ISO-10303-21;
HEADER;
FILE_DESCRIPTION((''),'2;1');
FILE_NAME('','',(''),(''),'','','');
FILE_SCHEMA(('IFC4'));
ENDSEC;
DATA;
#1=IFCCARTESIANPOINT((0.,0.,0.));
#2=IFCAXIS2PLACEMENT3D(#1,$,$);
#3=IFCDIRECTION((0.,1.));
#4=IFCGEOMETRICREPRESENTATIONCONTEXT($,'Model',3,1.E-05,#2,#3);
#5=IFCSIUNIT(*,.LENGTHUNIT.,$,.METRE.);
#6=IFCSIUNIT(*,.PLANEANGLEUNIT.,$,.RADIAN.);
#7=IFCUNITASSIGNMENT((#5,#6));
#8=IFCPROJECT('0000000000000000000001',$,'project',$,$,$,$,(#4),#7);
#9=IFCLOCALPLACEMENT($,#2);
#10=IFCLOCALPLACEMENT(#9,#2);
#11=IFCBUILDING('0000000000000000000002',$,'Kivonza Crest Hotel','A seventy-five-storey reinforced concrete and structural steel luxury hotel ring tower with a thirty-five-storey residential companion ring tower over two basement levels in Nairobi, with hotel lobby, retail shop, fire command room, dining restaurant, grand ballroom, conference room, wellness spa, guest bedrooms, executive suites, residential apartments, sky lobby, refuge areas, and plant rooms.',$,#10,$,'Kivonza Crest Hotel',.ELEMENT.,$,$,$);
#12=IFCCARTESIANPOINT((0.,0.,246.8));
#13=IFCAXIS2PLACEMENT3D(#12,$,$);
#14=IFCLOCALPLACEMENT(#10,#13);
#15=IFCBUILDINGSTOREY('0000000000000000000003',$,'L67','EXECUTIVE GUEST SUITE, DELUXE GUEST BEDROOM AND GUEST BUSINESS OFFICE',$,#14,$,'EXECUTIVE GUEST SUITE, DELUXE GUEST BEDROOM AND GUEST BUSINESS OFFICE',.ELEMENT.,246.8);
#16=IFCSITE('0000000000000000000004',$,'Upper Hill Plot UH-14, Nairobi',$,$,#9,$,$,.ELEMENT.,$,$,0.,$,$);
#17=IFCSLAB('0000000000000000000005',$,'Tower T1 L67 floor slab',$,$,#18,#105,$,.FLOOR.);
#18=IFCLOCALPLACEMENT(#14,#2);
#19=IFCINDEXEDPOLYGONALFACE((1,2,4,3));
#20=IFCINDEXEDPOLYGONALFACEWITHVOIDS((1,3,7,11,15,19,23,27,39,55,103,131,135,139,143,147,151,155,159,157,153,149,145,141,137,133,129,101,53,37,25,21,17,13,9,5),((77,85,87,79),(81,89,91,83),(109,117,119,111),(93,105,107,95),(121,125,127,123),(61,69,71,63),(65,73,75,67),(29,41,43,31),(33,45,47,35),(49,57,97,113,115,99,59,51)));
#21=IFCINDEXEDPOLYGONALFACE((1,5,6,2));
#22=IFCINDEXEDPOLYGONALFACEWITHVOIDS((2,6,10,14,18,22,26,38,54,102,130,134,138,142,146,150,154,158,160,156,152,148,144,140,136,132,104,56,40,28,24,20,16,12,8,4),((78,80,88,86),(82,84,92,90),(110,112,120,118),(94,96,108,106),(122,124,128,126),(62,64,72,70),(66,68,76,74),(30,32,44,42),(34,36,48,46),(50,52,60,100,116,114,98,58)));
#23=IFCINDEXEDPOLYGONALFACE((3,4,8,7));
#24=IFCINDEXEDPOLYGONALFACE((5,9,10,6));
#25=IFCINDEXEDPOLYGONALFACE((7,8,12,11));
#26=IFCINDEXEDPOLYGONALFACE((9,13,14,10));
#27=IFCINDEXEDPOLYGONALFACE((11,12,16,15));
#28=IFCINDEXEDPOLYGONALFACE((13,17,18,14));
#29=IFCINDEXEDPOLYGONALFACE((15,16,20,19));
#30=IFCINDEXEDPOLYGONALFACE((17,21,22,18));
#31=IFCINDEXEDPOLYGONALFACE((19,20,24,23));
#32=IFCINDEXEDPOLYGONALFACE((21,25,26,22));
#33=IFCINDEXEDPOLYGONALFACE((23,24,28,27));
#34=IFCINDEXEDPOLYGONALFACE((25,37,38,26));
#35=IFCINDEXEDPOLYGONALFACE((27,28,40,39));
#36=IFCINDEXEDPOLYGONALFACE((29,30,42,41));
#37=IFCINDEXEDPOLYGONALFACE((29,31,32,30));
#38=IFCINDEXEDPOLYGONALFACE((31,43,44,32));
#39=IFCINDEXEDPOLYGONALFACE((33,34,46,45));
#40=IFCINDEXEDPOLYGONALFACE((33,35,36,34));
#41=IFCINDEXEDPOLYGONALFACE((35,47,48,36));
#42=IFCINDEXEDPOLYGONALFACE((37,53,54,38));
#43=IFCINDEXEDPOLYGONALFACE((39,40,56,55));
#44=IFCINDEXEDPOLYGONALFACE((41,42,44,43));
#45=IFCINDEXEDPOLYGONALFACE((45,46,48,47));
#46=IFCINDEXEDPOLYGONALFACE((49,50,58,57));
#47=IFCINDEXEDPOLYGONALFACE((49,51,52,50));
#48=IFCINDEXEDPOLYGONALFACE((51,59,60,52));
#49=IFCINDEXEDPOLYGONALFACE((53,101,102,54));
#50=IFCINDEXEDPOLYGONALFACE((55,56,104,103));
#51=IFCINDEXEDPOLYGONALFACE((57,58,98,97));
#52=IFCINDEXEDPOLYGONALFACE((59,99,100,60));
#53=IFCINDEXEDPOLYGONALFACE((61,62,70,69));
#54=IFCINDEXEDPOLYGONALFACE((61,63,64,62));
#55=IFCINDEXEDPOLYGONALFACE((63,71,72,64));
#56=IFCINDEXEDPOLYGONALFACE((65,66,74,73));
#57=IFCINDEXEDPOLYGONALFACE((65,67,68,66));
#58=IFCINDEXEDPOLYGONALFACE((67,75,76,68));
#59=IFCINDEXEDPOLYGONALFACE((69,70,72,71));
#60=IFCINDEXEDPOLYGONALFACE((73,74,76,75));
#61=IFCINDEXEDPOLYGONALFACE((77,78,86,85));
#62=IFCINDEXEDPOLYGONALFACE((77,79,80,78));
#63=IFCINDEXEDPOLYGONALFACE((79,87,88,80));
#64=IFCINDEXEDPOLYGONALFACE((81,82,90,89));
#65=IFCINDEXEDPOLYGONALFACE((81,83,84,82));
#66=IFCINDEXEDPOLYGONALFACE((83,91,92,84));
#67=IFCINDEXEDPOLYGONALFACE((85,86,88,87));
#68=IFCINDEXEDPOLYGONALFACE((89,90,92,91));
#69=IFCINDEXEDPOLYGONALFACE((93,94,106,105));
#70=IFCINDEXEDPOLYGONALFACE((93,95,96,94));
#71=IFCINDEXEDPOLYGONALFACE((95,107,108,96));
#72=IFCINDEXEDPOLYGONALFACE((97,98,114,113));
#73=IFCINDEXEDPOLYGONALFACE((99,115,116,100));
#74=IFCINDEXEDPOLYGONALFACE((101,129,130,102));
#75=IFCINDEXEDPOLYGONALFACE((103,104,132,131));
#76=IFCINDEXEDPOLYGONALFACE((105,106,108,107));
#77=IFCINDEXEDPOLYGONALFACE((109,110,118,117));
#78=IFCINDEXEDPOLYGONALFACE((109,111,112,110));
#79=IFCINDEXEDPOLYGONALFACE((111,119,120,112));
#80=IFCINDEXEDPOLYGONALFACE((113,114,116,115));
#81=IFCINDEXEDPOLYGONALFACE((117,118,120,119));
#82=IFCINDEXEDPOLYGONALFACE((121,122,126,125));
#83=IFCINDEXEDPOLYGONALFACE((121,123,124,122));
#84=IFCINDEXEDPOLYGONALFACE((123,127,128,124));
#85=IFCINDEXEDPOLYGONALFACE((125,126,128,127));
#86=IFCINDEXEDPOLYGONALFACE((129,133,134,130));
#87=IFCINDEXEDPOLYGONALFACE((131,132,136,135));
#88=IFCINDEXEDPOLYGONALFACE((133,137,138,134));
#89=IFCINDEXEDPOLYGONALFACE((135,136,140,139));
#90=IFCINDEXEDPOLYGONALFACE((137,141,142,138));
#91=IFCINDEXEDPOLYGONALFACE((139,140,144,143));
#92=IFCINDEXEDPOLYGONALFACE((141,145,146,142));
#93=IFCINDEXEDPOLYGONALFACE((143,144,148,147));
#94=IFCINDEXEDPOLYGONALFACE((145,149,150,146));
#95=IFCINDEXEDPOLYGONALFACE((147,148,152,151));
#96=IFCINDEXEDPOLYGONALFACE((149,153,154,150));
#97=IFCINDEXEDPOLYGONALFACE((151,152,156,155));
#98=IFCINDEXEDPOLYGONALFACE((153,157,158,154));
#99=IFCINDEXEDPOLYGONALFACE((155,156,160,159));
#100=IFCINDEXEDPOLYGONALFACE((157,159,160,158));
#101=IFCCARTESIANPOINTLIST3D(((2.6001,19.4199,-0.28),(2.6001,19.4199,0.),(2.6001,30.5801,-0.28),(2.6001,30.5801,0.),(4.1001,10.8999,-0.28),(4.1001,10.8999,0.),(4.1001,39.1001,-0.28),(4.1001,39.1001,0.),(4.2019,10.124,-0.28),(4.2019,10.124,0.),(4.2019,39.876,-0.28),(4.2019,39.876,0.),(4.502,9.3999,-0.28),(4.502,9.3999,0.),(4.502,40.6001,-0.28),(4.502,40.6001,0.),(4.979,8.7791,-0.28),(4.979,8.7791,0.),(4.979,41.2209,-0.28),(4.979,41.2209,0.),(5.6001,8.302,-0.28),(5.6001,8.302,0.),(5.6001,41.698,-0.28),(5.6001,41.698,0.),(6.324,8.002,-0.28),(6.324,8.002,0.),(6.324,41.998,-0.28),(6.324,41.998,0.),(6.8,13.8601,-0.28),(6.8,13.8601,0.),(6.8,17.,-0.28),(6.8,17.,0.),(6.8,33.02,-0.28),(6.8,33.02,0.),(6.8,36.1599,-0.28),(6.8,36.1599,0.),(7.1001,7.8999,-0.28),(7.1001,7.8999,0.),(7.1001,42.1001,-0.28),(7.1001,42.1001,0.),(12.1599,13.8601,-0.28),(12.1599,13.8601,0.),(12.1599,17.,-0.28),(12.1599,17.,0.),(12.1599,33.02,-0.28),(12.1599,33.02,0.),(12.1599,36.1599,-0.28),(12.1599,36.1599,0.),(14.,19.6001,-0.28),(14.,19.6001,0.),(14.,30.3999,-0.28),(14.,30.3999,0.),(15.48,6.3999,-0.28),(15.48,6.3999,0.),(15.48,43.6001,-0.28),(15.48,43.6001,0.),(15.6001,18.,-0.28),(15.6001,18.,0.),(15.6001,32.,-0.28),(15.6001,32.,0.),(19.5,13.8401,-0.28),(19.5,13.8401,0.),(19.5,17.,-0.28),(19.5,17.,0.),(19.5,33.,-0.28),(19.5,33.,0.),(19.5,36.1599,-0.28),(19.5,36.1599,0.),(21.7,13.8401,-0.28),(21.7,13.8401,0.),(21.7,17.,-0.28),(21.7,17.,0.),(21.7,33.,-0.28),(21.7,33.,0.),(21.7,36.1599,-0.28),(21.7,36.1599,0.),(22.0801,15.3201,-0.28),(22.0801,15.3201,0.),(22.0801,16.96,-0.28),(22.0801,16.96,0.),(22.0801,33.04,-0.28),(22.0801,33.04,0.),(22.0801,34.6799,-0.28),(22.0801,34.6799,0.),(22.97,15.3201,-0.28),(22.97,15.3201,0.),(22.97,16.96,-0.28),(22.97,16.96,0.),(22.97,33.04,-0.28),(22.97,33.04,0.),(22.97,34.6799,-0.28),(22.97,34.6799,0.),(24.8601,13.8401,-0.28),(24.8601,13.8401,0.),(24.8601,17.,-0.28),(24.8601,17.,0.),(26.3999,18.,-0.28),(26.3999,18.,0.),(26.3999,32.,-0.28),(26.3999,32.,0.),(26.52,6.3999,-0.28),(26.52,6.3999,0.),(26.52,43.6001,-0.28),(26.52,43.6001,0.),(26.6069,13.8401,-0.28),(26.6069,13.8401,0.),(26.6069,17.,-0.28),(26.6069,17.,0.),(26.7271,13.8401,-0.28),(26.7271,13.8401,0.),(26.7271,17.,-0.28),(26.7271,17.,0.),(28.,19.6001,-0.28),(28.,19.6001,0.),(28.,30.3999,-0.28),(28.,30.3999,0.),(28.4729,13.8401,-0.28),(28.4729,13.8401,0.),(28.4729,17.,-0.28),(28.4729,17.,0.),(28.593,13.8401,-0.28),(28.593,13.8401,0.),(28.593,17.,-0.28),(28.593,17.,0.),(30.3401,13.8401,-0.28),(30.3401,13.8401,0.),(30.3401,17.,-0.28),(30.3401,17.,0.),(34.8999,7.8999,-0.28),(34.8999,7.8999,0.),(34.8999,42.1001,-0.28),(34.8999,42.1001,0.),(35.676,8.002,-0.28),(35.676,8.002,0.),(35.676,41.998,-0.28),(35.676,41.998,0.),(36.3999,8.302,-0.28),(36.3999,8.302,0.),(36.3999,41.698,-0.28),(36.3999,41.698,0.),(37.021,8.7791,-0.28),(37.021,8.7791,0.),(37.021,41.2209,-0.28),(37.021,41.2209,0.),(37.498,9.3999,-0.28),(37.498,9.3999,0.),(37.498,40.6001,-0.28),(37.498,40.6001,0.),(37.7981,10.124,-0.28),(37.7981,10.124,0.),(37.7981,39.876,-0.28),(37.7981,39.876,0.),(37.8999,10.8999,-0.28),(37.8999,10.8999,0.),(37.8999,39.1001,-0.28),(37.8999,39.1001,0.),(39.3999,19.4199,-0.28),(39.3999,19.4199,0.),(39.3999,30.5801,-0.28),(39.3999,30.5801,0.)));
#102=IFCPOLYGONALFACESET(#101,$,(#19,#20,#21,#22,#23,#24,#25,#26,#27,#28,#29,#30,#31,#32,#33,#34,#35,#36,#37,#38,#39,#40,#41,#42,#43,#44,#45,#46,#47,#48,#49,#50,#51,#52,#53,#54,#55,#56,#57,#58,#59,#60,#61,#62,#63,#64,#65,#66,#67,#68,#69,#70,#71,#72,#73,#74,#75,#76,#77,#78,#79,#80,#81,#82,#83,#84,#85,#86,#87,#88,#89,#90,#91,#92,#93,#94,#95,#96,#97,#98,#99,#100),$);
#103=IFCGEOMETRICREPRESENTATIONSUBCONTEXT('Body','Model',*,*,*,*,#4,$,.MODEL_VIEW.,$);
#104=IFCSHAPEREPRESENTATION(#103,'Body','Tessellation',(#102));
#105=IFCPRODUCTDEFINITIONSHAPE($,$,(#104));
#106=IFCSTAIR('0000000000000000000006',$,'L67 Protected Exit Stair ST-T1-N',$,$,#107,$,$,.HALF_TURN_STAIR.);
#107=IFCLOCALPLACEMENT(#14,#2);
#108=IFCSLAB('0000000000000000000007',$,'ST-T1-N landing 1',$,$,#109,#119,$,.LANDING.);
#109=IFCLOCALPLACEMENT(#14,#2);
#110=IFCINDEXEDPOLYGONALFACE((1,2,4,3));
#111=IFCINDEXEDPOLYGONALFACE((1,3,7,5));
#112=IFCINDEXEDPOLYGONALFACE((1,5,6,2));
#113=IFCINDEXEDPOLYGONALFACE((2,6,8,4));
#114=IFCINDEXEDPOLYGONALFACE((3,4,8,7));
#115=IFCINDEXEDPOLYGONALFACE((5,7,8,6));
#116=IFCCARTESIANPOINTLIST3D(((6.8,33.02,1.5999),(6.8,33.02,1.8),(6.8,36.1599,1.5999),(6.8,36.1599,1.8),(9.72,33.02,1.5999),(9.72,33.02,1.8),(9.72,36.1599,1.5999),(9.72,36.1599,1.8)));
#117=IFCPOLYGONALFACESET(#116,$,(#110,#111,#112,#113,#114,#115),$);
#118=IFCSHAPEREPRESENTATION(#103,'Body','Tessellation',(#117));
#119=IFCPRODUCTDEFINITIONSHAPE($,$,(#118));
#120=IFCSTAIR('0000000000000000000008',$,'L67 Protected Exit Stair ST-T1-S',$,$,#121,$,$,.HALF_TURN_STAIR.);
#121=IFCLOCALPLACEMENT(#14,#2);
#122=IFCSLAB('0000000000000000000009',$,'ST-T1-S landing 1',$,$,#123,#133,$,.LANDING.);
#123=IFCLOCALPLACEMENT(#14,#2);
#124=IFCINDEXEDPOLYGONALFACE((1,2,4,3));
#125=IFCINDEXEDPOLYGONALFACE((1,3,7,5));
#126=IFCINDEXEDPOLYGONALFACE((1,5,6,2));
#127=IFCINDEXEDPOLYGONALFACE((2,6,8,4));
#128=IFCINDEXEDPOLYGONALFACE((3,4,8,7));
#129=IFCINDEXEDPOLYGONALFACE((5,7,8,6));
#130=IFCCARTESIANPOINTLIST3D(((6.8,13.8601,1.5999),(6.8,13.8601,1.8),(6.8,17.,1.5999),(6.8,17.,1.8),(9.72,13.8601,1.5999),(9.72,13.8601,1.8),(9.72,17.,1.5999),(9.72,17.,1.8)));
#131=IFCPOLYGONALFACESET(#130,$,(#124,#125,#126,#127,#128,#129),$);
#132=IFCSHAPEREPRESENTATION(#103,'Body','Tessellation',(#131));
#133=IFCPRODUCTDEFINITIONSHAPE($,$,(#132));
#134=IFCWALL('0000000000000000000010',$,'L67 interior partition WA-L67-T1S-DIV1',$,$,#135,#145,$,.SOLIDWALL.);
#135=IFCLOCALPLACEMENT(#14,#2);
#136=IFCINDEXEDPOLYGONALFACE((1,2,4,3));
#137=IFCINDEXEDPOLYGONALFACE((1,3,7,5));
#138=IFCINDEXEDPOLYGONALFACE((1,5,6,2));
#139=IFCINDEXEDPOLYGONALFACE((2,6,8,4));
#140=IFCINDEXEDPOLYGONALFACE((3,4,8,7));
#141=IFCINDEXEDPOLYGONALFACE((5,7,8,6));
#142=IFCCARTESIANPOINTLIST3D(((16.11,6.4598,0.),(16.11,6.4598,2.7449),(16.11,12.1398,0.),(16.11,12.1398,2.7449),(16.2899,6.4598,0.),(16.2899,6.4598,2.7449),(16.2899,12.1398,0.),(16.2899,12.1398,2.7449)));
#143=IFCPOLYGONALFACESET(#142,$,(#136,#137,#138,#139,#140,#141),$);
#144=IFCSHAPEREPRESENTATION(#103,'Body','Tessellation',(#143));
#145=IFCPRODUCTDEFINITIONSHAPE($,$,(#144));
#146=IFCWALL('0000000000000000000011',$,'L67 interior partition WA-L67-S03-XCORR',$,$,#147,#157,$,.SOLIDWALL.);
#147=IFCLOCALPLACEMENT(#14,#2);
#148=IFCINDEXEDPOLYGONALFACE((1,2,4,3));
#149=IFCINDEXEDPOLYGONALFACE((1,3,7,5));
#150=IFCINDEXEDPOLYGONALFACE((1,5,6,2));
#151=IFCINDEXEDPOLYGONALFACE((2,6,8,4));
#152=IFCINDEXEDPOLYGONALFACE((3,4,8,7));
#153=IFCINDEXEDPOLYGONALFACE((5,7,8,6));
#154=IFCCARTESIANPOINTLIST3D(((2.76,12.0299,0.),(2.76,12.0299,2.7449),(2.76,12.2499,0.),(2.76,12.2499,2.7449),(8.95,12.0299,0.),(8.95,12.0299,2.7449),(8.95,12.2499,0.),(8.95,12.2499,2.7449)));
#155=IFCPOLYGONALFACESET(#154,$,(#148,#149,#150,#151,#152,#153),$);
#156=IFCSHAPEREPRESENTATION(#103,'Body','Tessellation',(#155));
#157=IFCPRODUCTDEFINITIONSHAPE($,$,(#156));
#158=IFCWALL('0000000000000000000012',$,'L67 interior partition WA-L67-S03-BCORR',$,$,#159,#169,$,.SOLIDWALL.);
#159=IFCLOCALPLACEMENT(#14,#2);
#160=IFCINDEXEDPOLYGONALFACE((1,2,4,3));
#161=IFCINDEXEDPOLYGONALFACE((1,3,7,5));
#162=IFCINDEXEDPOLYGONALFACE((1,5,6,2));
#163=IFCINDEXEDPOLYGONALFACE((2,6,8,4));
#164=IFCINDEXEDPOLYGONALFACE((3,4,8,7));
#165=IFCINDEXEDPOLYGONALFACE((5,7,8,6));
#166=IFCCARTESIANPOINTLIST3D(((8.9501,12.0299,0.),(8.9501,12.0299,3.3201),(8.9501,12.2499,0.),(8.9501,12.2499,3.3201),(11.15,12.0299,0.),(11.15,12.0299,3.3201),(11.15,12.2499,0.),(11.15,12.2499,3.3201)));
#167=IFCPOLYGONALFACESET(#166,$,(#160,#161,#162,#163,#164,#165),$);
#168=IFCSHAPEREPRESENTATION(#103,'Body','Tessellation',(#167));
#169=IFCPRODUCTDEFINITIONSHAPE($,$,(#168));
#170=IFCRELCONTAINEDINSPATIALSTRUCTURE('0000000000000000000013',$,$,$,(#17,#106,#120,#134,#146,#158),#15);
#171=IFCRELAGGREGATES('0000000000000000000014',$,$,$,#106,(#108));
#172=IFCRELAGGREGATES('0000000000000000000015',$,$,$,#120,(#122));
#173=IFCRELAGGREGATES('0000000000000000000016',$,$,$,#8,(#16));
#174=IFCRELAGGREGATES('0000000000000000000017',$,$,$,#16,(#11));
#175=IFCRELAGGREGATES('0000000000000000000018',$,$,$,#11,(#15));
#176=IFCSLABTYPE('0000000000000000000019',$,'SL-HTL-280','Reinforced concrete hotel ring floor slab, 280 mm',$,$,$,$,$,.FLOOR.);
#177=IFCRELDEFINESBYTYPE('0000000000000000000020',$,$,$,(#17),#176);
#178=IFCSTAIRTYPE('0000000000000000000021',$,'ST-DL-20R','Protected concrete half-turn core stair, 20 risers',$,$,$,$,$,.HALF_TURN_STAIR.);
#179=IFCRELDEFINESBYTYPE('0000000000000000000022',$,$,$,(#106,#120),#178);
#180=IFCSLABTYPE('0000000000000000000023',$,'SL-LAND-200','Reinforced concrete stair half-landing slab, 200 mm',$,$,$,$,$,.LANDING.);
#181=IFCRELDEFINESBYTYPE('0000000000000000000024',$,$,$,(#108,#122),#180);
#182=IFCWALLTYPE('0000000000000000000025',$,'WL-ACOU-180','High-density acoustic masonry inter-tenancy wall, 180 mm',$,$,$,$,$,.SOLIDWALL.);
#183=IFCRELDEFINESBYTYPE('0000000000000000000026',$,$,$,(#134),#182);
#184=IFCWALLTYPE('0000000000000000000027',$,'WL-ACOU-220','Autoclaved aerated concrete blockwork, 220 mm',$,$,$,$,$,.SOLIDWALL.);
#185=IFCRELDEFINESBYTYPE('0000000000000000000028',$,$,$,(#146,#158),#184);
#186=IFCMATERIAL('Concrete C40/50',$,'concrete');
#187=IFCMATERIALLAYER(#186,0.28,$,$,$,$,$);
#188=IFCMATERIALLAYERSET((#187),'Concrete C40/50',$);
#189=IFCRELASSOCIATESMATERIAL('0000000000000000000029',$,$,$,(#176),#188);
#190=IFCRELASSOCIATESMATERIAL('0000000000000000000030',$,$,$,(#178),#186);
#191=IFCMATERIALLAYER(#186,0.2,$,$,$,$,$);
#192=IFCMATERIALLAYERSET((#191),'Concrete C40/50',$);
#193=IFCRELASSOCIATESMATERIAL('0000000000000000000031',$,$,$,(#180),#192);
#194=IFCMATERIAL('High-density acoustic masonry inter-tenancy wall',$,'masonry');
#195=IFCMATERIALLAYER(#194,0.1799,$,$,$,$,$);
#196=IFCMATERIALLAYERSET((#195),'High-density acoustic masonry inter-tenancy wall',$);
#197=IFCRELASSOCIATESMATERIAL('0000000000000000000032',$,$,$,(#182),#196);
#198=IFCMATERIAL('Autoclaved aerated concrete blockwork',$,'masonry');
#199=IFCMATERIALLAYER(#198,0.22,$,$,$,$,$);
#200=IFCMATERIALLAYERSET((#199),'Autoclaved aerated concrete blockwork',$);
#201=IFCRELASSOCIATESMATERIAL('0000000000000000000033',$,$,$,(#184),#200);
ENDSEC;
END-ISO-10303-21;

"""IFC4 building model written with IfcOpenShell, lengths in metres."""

from ifc_helpers import new_model, si_unit, direction, frame, frame_2d, origin, place, context, subcontext, project, spatial, polyline, rectangle, outline, extrude, material, layer, layer_set, type_object, element, aggregate, save


model = new_model("IFC4")

# Units and contexts
model_context = context("Model", 3, precision=1e-05, world=origin(), true_north=direction((0.0, 1.0)))
body_context = subcontext(model_context, "Body", "Model", "MODEL_VIEW")
ifc_project = project(units=[si_unit("LENGTHUNIT", "METRE"), si_unit("PLANEANGLEUNIT", "RADIAN")], contexts=[model_context])

# Site, building, storey
site_placement = place(None, origin())
site = spatial("IfcSite", under=ifc_project, at=site_placement, Name="Upper Hill Plot UH-14, Nairobi", CompositionType="ELEMENT", RefElevation=0.0)
building_placement = place(site_placement, origin())
building = spatial("IfcBuilding", under=site, at=building_placement, Name="Kivonza Crest Hotel", Description="A seventy-five-storey reinforced concrete and structural steel luxury hotel ring tower with a thirty-five-storey residential companion ring tower over two basement levels in Nairobi, with hotel lobby, retail shop, fire command room, dining restaurant, grand ballroom, conference room, wellness spa, guest bedrooms, executive suites, residential apartments, sky lobby, refuge areas, and plant rooms.", LongName="Kivonza Crest Hotel", CompositionType="ELEMENT")
storey_placement = place(building_placement, frame((0.0, 0.0, 246.8)))
storey = spatial("IfcBuildingStorey", under=building, at=storey_placement, Name="L67", Description="EXECUTIVE GUEST SUITE, DELUXE GUEST BEDROOM AND GUEST BUSINESS OFFICE", LongName="EXECUTIVE GUEST SUITE, DELUXE GUEST BEDROOM AND GUEST BUSINESS OFFICE", CompositionType="ELEMENT", Elevation=246.8)

# Slab
ifc_material_1 = material(Name="Concrete C40/50", Category="concrete")
ifc_layer_1 = layer(ifc_material_1, 0.28)
ifc_layer_set_1 = layer_set([ifc_layer_1], Name="Concrete C40/50")
slab_type_1 = type_object("IfcSlabType", Name="SL-HTL-280", Description="Reinforced concrete hotel ring floor slab, 280 mm", PredefinedType="FLOOR", material=ifc_layer_set_1)
slab_1_placement = place(storey_placement, frame((0.0, 0.0, -0.28)))
element("IfcSlab", 1, at=slab_1_placement, inside=storey, type_object=slab_type_1, Name="Tower T1 L67 floor slab", PredefinedType="FLOOR", context=body_context, shape_type="SweptSolid", body=[
    extrude(outline(polyline([(4.1001, 10.8999), (4.2019, 10.124), (4.502, 9.3999), (4.979, 8.7791), (5.6001, 8.302), (6.324, 8.002), (7.1001, 7.8999), (15.48, 6.3999), (26.52, 6.3999), (34.8999, 7.8999), (35.676, 8.002), (36.3999, 8.302), (37.021, 8.7791), (37.498, 9.3999), (37.7981, 10.124), (37.8999, 10.8999), (39.3999, 19.4199), (39.3999, 30.5801), (37.8999, 39.1001), (37.7981, 39.876), (37.498, 40.6001), (37.021, 41.2209), (36.3999, 41.698), (35.676, 41.998), (34.8999, 42.1001), (26.52, 43.6001), (15.48, 43.6001), (7.1001, 42.1001), (6.324, 41.998), (5.6001, 41.698), (4.979, 41.2209), (4.502, 40.6001), (4.2019, 39.876), (4.1001, 39.1001), (2.6001, 30.5801), (2.6001, 19.4199), (4.1001, 10.8999)]), holes=[polyline([(15.6001, 18.0), (26.3999, 18.0), (28.0, 19.6001), (28.0, 30.3999), (26.3999, 32.0), (15.6001, 32.0), (14.0, 30.3999), (14.0, 19.6001), (15.6001, 18.0)]), polyline([(6.8, 33.02), (12.1599, 33.02), (12.1599, 36.1599), (6.8, 36.1599), (6.8, 33.02)]), polyline([(6.8, 13.8601), (12.1599, 13.8601), (12.1599, 17.0), (6.8, 17.0), (6.8, 13.8601)]), polyline([(22.0801, 33.04), (22.97, 33.04), (22.97, 34.6799), (22.0801, 34.6799), (22.0801, 33.04)]), polyline([(22.0801, 15.3201), (22.97, 15.3201), (22.97, 16.96), (22.0801, 16.96), (22.0801, 15.3201)]), polyline([(19.5, 33.0), (21.7, 33.0), (21.7, 36.1599), (19.5, 36.1599), (19.5, 33.0)]), polyline([(19.5, 13.8401), (21.7, 13.8401), (21.7, 17.0), (19.5, 17.0), (19.5, 13.8401)]), polyline([(24.8601, 13.8401), (26.6069, 13.8401), (26.6069, 17.0), (24.8601, 17.0), (24.8601, 13.8401)]), polyline([(26.7271, 13.8401), (28.4729, 13.8401), (28.4729, 17.0), (26.7271, 17.0), (26.7271, 13.8401)]), polyline([(28.593, 13.8401), (30.3401, 13.8401), (30.3401, 17.0), (28.593, 17.0), (28.593, 13.8401)])]), origin(), (0.0, 0.0, 1.0), 0.28),
])

# Stairs, slabs
stair_type = type_object("IfcStairType", Name="ST-DL-20R", Description="Protected concrete half-turn core stair, 20 risers", PredefinedType="HALF_TURN_STAIR", material=ifc_material_1)
stair_1_placement = place(storey_placement, origin())
stair_1 = element("IfcStair", 2, at=stair_1_placement, inside=storey, type_object=stair_type, Name="L67 Protected Exit Stair ST-T1-N", PredefinedType="HALF_TURN_STAIR")
ifc_layer_2 = layer(ifc_material_1, 0.2)
ifc_layer_set_2 = layer_set([ifc_layer_2], Name="Concrete C40/50")
slab_type_2 = type_object("IfcSlabType", Name="SL-LAND-200", Description="Reinforced concrete stair half-landing slab, 200 mm", PredefinedType="LANDING", material=ifc_layer_set_2)
slab_2_placement = place(storey_placement, frame((0.0, 0.0, 1.5999)))
slab_2 = element("IfcSlab", 3, at=slab_2_placement, type_object=slab_type_2, Name="ST-T1-N landing 1", PredefinedType="LANDING", context=body_context, shape_type="SweptSolid", body=[
    extrude(outline(polyline([(9.72, 36.1599), (6.8, 36.1599), (6.8, 33.02), (9.72, 33.02), (9.72, 36.1599)])), origin(), (0.0, 0.0, 1.0), 0.2002),
])
aggregate(stair_1, [slab_2])
stair_2_placement = place(storey_placement, origin())
stair_2 = element("IfcStair", 4, at=stair_2_placement, inside=storey, type_object=stair_type, Name="L67 Protected Exit Stair ST-T1-S", PredefinedType="HALF_TURN_STAIR")
slab_3_placement = place(storey_placement, frame((0.0, 0.0, 1.5999)))
slab_3 = element("IfcSlab", 5, at=slab_3_placement, type_object=slab_type_2, Name="ST-T1-S landing 1", PredefinedType="LANDING", context=body_context, shape_type="SweptSolid", body=[
    extrude(outline(polyline([(9.72, 17.0), (6.8, 17.0), (6.8, 13.8601), (9.72, 13.8601), (9.72, 17.0)])), origin(), (0.0, 0.0, 1.0), 0.2002),
])
aggregate(stair_2, [slab_3])

# Walls
ifc_material_2 = material(Name="High-density acoustic masonry inter-tenancy wall", Category="masonry")
ifc_layer_3 = layer(ifc_material_2, 0.1799)
ifc_layer_set_3 = layer_set([ifc_layer_3], Name="High-density acoustic masonry inter-tenancy wall")
wall_type_1 = type_object("IfcWallType", Name="WL-ACOU-180", Description="High-density acoustic masonry inter-tenancy wall, 180 mm", PredefinedType="SOLIDWALL", material=ifc_layer_set_3)
wall_1_placement = place(storey_placement, frame((16.2, 6.46, 0.0), z_axis=(0.0, 0.0, 1.0), x_axis=(0.0, 1.0, 0.0)))
element("IfcWall", 6, at=wall_1_placement, inside=storey, type_object=wall_type_1, Name="L67 interior partition WA-L67-T1S-DIV1", PredefinedType="SOLIDWALL", context=body_context, shape_type="SweptSolid", body=[
    extrude(rectangle(XDim=5.6799, YDim=0.1799, at=frame_2d((2.8398, 0.0))), origin(), (0.0, 0.0, 1.0), 2.7449),
])
ifc_material_3 = material(Name="Autoclaved aerated concrete blockwork", Category="masonry")
ifc_layer_4 = layer(ifc_material_3, 0.22)
ifc_layer_set_4 = layer_set([ifc_layer_4], Name="Autoclaved aerated concrete blockwork")
wall_type_2 = type_object("IfcWallType", Name="WL-ACOU-220", Description="Autoclaved aerated concrete blockwork, 220 mm", PredefinedType="SOLIDWALL", material=ifc_layer_set_4)
wall_2_placement = place(storey_placement, frame((2.76, 12.1399, 0.0), z_axis=(0.0, 0.0, 1.0), x_axis=(1.0, 0.0, 0.0)))
element("IfcWall", 7, at=wall_2_placement, inside=storey, type_object=wall_type_2, Name="L67 interior partition WA-L67-S03-XCORR", PredefinedType="SOLIDWALL", context=body_context, shape_type="SweptSolid", body=[
    extrude(rectangle(XDim=6.1899, YDim=0.22, at=frame_2d((3.095, 0.0))), origin(), (0.0, 0.0, 1.0), 2.7449),
])
wall_3_placement = place(storey_placement, frame((8.95, 12.1399, 0.0), z_axis=(0.0, 0.0, 1.0), x_axis=(1.0, 0.0, 0.0)))
element("IfcWall", 8, at=wall_3_placement, inside=storey, type_object=wall_type_2, Name="L67 interior partition WA-L67-S03-BCORR", PredefinedType="SOLIDWALL", context=body_context, shape_type="SweptSolid", body=[
    extrude(rectangle(XDim=2.2, YDim=0.22, at=frame_2d((1.1001, 0.0))), origin(), (0.0, 0.0, 1.0), 3.3201),
])

save(model, "model.ifc")
